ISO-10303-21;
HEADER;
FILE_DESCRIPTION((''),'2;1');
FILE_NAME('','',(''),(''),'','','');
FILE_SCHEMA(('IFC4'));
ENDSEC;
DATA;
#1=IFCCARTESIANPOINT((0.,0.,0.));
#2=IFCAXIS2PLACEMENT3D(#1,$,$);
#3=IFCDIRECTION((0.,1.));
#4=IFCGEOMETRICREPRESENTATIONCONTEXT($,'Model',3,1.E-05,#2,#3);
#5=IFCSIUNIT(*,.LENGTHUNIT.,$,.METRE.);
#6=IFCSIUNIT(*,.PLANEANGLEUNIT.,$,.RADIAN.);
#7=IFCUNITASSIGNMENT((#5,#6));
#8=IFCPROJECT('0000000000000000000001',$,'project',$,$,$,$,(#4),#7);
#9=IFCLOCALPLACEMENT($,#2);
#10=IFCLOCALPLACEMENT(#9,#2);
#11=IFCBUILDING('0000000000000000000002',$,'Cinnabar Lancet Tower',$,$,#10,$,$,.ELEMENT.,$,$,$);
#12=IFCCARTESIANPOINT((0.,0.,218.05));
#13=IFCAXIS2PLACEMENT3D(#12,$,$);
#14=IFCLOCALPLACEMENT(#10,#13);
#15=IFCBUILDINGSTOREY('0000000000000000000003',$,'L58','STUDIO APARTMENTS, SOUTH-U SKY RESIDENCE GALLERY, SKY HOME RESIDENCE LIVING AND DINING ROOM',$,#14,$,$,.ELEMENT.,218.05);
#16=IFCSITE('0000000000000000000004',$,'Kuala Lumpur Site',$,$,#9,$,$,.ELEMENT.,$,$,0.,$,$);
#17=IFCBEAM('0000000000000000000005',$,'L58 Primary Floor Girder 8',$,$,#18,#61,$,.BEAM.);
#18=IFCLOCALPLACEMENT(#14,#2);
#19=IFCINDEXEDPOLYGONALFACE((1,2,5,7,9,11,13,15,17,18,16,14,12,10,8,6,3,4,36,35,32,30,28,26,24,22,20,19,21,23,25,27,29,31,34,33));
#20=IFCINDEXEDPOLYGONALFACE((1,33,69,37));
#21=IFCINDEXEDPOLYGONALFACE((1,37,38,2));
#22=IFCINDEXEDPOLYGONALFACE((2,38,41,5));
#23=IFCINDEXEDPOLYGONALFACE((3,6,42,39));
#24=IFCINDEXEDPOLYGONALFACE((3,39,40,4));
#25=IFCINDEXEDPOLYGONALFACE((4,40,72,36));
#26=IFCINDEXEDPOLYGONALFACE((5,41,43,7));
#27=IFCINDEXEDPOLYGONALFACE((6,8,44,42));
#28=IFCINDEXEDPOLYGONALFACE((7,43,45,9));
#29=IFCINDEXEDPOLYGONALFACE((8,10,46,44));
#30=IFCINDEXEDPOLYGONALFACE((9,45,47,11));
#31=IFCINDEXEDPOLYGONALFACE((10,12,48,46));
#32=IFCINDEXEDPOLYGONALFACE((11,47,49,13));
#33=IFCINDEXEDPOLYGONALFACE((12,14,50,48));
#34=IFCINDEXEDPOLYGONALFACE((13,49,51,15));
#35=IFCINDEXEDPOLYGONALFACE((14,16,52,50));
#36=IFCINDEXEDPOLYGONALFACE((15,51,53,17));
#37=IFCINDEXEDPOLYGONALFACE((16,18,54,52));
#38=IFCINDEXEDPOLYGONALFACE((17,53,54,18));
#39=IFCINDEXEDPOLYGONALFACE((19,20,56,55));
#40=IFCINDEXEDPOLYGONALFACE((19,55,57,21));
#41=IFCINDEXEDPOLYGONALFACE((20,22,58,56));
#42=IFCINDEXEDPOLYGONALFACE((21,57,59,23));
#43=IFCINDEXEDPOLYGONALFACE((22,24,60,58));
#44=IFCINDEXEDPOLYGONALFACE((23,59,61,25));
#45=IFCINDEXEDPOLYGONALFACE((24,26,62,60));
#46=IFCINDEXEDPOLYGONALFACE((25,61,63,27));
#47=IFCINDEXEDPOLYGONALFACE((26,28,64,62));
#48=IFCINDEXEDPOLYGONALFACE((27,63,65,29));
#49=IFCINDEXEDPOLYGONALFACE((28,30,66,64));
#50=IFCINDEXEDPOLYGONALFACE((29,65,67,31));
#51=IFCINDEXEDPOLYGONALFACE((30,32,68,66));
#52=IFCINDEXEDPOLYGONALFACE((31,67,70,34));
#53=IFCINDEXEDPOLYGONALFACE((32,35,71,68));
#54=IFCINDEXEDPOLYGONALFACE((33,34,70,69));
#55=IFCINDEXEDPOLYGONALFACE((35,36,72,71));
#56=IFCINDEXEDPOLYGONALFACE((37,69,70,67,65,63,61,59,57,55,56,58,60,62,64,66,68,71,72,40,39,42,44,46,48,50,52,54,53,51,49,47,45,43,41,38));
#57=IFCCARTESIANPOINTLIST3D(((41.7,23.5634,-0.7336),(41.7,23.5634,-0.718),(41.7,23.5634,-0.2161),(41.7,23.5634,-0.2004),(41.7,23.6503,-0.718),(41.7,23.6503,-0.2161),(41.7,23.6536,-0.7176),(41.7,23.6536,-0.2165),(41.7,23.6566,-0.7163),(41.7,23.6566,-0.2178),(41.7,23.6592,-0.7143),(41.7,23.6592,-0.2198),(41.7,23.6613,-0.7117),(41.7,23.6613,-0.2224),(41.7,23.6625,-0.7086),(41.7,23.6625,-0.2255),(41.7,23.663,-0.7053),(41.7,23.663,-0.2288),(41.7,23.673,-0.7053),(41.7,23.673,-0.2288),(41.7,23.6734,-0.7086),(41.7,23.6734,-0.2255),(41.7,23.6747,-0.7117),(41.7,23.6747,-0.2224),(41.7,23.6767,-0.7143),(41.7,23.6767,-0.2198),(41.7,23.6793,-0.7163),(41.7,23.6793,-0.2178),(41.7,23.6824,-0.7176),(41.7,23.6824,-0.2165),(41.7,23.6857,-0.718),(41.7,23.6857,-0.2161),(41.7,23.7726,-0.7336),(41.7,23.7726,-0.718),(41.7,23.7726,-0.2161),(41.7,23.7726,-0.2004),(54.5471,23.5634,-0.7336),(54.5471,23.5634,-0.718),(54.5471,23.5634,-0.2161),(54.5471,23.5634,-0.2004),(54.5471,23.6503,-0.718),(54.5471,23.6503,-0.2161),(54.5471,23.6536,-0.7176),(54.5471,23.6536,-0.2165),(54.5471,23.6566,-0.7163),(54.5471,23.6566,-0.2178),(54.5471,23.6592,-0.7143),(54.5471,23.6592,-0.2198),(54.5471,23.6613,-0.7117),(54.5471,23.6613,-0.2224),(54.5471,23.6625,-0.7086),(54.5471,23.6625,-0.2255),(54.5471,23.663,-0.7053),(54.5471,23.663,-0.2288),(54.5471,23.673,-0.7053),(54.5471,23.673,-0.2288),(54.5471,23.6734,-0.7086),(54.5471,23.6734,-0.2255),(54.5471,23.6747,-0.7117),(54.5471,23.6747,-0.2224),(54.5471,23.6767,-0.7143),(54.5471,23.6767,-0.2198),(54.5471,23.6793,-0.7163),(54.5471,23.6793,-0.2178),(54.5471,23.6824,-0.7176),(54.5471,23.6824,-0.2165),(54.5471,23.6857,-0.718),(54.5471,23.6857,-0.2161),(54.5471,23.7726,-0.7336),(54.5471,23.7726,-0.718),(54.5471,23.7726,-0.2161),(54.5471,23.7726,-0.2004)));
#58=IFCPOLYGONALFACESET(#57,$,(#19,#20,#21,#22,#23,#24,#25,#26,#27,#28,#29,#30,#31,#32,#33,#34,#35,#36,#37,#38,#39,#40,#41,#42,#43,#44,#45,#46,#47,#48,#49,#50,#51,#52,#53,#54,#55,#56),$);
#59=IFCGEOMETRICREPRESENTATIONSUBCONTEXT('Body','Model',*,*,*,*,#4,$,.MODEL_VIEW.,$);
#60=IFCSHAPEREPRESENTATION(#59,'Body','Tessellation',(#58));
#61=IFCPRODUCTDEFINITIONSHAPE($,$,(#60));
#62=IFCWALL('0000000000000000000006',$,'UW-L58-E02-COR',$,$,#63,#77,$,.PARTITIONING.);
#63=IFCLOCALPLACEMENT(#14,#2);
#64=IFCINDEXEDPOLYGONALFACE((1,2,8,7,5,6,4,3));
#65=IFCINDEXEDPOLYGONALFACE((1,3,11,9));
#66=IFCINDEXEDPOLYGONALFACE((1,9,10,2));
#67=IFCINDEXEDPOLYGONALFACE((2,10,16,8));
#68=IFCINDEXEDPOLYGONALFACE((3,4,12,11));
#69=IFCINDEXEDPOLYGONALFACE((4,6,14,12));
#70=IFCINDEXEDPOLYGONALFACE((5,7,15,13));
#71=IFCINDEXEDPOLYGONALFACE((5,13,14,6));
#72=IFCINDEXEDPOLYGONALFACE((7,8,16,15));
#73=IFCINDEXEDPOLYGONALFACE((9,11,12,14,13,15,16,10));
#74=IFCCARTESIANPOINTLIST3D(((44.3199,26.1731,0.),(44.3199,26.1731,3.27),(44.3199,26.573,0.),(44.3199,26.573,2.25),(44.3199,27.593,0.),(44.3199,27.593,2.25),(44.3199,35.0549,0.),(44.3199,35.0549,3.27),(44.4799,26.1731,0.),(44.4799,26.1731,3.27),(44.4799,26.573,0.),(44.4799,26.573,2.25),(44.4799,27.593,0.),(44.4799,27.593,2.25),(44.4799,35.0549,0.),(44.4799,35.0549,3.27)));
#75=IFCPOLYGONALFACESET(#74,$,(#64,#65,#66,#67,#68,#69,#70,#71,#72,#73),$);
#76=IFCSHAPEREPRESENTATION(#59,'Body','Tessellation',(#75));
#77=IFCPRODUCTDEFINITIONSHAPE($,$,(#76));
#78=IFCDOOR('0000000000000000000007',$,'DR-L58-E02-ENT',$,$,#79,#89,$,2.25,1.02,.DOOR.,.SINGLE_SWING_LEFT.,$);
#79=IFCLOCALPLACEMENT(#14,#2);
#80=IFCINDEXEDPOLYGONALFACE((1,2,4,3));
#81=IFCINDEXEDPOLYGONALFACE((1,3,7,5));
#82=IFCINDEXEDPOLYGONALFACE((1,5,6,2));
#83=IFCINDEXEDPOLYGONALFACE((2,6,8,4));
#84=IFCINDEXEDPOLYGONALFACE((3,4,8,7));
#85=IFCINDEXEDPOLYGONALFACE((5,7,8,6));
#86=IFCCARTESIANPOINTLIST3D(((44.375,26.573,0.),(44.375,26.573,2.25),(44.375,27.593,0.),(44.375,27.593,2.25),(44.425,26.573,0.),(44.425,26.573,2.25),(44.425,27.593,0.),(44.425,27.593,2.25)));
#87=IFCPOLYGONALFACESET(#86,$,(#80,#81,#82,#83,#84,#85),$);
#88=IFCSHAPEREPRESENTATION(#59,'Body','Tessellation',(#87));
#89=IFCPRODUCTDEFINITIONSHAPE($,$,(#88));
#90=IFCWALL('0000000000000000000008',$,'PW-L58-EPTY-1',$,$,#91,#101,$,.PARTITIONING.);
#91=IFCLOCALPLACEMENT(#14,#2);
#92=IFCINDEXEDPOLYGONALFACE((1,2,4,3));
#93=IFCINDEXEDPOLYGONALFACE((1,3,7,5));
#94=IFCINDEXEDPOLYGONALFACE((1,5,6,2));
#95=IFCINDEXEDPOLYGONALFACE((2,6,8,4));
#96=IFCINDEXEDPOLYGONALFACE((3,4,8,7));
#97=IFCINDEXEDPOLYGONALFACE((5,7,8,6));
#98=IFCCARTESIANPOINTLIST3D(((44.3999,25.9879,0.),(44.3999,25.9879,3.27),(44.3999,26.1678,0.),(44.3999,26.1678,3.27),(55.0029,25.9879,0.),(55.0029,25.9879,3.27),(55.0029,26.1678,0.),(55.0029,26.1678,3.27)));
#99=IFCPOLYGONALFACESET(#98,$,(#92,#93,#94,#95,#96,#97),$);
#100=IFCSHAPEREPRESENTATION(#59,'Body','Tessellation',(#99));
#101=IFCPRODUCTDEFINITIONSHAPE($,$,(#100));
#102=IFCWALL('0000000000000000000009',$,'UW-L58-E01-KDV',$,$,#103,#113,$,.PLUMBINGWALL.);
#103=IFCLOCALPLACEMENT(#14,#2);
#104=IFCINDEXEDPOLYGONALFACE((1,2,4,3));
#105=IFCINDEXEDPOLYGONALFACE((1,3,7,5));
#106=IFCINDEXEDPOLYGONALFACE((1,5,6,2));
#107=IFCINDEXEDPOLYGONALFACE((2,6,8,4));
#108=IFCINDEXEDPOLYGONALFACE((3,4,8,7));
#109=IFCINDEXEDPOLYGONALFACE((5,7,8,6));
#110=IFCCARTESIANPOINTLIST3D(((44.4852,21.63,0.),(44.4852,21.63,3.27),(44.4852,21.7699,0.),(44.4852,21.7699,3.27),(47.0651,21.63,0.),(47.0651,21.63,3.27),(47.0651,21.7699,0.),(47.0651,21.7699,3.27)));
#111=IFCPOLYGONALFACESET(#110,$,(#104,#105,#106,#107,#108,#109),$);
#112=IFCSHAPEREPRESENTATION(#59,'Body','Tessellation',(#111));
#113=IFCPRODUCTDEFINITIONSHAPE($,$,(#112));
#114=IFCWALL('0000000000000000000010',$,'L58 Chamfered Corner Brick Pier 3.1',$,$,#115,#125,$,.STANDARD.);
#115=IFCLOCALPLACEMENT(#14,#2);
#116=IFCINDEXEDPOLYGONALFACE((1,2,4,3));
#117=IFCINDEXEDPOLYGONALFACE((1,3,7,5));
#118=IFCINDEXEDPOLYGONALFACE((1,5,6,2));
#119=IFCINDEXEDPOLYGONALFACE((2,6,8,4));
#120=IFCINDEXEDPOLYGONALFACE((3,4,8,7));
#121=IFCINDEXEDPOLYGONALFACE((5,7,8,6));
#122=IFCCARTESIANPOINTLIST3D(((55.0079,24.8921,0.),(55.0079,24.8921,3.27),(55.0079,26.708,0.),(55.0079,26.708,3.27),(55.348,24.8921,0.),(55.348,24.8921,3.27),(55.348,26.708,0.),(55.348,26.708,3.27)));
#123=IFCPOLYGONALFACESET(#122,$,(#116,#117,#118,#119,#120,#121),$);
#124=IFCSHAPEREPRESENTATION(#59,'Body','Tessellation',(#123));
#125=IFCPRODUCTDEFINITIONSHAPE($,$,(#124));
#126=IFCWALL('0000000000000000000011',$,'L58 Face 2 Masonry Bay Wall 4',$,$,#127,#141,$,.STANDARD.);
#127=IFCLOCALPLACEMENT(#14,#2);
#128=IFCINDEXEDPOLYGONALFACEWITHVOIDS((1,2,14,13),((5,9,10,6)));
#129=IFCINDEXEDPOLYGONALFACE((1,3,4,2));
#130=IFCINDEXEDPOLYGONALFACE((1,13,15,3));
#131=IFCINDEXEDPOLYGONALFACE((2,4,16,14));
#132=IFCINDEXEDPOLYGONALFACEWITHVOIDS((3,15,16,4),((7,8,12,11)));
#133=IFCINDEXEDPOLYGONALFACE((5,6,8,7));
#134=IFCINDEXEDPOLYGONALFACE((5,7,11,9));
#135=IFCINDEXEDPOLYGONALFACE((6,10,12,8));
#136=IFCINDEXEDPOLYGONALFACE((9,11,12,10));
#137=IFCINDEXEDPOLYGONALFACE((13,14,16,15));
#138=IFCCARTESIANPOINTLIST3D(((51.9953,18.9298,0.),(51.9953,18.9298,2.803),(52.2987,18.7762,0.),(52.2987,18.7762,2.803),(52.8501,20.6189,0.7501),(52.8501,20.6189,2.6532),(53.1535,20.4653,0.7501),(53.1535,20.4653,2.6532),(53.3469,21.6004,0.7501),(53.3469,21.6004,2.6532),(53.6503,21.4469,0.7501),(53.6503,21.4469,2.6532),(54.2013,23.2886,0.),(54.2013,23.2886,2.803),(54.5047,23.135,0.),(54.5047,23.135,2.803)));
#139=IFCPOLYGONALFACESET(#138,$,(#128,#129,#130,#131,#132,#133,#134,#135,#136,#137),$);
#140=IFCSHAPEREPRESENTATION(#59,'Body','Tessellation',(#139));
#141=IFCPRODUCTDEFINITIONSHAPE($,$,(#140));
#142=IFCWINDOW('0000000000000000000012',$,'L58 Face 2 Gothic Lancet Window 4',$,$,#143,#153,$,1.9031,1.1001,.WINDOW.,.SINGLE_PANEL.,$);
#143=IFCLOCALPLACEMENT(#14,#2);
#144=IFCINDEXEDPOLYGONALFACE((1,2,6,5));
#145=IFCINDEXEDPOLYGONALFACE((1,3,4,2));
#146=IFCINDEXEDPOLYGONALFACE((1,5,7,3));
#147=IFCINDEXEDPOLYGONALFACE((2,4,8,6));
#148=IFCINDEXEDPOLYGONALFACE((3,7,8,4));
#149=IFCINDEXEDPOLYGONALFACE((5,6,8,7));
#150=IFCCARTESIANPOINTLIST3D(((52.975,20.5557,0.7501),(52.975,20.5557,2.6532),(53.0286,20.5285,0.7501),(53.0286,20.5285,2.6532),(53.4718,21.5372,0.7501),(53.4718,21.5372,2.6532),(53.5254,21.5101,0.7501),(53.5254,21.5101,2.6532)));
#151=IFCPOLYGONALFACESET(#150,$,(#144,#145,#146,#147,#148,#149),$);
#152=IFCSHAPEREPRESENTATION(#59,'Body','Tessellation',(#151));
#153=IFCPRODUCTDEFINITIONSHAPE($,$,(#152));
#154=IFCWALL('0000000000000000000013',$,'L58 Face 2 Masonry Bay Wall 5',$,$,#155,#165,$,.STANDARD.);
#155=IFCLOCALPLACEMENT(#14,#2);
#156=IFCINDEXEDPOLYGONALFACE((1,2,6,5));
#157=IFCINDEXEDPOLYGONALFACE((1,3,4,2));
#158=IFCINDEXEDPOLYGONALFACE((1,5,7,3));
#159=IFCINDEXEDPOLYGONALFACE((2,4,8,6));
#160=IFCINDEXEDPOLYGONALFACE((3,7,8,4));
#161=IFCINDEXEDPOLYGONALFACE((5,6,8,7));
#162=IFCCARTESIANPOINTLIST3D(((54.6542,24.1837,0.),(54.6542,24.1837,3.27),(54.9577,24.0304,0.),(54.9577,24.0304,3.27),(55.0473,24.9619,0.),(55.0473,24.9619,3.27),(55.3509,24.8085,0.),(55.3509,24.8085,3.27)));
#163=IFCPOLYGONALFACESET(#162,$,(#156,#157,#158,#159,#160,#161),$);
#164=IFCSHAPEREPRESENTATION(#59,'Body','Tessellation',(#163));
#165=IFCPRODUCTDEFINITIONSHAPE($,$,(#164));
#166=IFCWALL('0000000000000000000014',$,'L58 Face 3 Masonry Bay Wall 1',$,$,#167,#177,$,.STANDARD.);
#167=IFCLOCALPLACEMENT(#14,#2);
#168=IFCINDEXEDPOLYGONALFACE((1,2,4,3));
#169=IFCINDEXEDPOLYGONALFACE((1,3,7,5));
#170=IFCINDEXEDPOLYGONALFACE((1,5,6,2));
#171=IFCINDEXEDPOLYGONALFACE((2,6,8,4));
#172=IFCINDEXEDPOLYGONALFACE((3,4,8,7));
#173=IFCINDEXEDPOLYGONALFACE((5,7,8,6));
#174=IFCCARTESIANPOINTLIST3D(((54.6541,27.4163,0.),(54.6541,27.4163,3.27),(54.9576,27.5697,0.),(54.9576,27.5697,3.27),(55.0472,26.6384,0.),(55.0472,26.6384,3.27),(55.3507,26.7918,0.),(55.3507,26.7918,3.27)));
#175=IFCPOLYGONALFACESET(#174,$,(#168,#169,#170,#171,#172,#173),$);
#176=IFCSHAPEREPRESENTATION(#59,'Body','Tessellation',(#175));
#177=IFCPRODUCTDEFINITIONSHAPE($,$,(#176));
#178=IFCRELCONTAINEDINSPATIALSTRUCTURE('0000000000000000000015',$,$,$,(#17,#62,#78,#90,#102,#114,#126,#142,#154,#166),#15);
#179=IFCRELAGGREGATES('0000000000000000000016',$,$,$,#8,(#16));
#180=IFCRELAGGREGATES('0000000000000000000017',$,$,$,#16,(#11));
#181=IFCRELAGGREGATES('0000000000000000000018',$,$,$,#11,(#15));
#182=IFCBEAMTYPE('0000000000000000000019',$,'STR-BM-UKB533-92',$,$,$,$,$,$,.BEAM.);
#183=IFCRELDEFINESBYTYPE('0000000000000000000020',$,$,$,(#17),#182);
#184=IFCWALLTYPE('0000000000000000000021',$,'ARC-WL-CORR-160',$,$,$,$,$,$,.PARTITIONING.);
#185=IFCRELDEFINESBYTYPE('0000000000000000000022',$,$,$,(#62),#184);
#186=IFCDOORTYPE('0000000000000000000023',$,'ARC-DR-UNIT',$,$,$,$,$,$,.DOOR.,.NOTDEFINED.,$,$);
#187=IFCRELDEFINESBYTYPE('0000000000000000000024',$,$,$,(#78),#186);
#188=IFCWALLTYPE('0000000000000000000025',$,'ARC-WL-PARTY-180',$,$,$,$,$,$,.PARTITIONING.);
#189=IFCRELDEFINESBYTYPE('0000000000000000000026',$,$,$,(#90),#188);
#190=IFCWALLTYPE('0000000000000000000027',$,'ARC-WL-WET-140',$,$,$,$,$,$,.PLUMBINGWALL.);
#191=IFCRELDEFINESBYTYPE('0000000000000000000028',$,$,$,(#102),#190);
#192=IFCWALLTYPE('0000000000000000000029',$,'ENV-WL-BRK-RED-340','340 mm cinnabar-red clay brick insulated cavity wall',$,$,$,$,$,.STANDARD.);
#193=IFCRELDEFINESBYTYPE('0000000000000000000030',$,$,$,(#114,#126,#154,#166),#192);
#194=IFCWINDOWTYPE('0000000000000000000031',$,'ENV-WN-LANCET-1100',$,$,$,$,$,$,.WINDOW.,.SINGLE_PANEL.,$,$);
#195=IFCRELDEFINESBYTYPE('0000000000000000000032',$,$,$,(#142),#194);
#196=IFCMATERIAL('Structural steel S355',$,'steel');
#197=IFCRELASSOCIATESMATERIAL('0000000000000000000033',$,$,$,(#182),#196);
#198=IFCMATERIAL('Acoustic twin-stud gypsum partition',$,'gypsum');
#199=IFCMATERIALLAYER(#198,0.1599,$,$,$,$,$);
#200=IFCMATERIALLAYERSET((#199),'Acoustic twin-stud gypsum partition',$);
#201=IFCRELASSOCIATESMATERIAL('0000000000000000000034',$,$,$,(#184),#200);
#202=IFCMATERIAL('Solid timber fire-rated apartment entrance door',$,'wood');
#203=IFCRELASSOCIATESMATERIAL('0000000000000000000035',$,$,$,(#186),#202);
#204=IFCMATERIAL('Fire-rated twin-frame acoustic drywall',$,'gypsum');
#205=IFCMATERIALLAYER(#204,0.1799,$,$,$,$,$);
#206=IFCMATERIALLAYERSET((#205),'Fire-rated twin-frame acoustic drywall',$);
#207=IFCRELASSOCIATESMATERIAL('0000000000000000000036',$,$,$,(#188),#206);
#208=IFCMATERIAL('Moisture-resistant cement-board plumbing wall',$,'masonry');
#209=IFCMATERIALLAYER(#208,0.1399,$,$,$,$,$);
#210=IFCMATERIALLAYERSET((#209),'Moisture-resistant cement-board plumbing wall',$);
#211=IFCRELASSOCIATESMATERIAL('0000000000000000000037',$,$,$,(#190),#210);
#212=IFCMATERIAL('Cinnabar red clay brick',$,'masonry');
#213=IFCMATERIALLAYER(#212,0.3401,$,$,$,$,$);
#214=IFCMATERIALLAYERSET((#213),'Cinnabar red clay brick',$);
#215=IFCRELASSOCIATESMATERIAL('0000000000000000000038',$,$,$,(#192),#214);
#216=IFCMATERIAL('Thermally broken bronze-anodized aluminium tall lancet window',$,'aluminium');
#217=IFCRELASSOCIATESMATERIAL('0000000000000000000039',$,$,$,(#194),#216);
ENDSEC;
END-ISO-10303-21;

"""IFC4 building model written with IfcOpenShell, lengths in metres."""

from ifc_helpers import new_model, si_unit, direction, frame, frame_2d, origin, origin_2d, place, context, subcontext, project, spatial, rectangle, i_section, extrude, material, layer, layer_set, material_profile, profile_set, type_object, element, fill, save


model = new_model("IFC4")

# Units and contexts
model_context = context("Model", 3, precision=1e-05, world=origin(), true_north=direction((0.0, 1.0)))
body_context = subcontext(model_context, "Body", "Model", "MODEL_VIEW")
ifc_project = project(units=[si_unit("LENGTHUNIT", "METRE"), si_unit("PLANEANGLEUNIT", "RADIAN")], contexts=[model_context])

# Site, building, storey
site_placement = place(None, origin())
site = spatial("IfcSite", under=ifc_project, at=site_placement, Name="Kuala Lumpur Site", CompositionType="ELEMENT", RefElevation=0.0)
building_placement = place(site_placement, origin())
building = spatial("IfcBuilding", under=site, at=building_placement, Name="Cinnabar Lancet Tower", CompositionType="ELEMENT")
storey_placement = place(building_placement, frame((0.0, 0.0, 218.05)))
storey = spatial("IfcBuildingStorey", under=building, at=storey_placement, Name="L58", Description="STUDIO APARTMENTS, SOUTH-U SKY RESIDENCE GALLERY, SKY HOME RESIDENCE LIVING AND DINING ROOM", CompositionType="ELEMENT", Elevation=218.05)

# Beam
ifc_material_1 = material(Name="Structural steel S355", Category="steel")
ifc_material_profile_1 = material_profile(ifc_material_1, i_section(OverallWidth=0.2092, OverallDepth=0.5332, WebThickness=0.01, FlangeThickness=0.0156, FilletRadius=0.0127, at=origin_2d()), Name="UKB 533x210x92")
ifc_profile_set_1 = profile_set([ifc_material_profile_1], Name="Structural steel S355")
beam_type_1 = type_object("IfcBeamType", Name="STR-BM-UKB533-92", PredefinedType="BEAM", material=ifc_profile_set_1)
beam_1_placement = place(storey_placement, frame((54.5471, 23.668, -0.467), z_axis=(-1.0, 0.0, 0.0), x_axis=(0.0, -1.0, 0.0)))
element("IfcBeam", 1, at=beam_1_placement, inside=storey, type_object=beam_type_1, Name="L58 Primary Floor Girder 8", PredefinedType="BEAM", context=body_context, shape_type="SweptSolid", body=[
    extrude(i_section(OverallWidth=0.2092, OverallDepth=0.5332, WebThickness=0.01, FlangeThickness=0.0156, FilletRadius=0.0127, at=origin_2d()), origin(), (0.0, 0.0, 1.0), 12.8472),
])

# Wall, opening, door
ifc_material_2 = material(Name="Acoustic twin-stud gypsum partition", Category="gypsum")
ifc_layer_1 = layer(ifc_material_2, 0.1599)
ifc_layer_set_1 = layer_set([ifc_layer_1], Name="Acoustic twin-stud gypsum partition")
wall_type_1 = type_object("IfcWallType", Name="ARC-WL-CORR-160", PredefinedType="PARTITIONING", material=ifc_layer_set_1)
wall_1_placement = place(storey_placement, frame((44.3999, 26.1731, 0.0), z_axis=(0.0, 0.0, 1.0), x_axis=(0.0, 1.0, 0.0)))
wall_1 = element("IfcWall", 2, at=wall_1_placement, inside=storey, type_object=wall_type_1, Name="UW-L58-E02-COR", PredefinedType="PARTITIONING", context=body_context, shape_type="SweptSolid", body=[
    extrude(rectangle(XDim=8.8818, YDim=0.1599, at=frame_2d((4.4409, 0.0))), origin(), (0.0, 0.0, 1.0), 3.27),
])
opening_1_placement = place(wall_1_placement, frame((0.3999, 0.0, 0.0)))
opening_1 = element("IfcOpeningElement", 3, at=opening_1_placement, cuts=wall_1, PredefinedType="OPENING", context=body_context, shape_type="SweptSolid", body=[
    extrude(rectangle(XDim=1.02, YDim=2.25, at=frame_2d((0.51, 1.125))), frame((0.0, 0.0898, 0.0), z_axis=(0.0, -1.0, 0.0), x_axis=(1.0, 0.0, 0.0)), (0.0, 0.0, 1.0), 0.1799),
])
ifc_material_3 = material(Name="Solid timber fire-rated apartment entrance door", Category="wood")
door_type = type_object("IfcDoorType", Name="ARC-DR-UNIT", OperationType="NOTDEFINED", PredefinedType="DOOR", material=ifc_material_3)
door_placement = place(opening_1_placement, origin())
door = element("IfcDoor", 4, at=door_placement, inside=storey, type_object=door_type, Name="DR-L58-E02-ENT", OperationType="SINGLE_SWING_LEFT", OverallHeight=2.25, OverallWidth=1.02, PredefinedType="DOOR", context=body_context, shape_type="SweptSolid", body=[
    extrude(rectangle(XDim=1.02, YDim=2.25, at=frame_2d((0.51, 1.125))), frame((0.0, 0.0249, 0.0), z_axis=(0.0, -1.0, 0.0), x_axis=(1.0, 0.0, 0.0)), (0.0, 0.0, 1.0), 0.05),
])
fill(opening_1, door)

# Walls
ifc_material_4 = material(Name="Fire-rated twin-frame acoustic drywall", Category="gypsum")
ifc_layer_2 = layer(ifc_material_4, 0.1799)
ifc_layer_set_2 = layer_set([ifc_layer_2], Name="Fire-rated twin-frame acoustic drywall")
wall_type_2 = type_object("IfcWallType", Name="ARC-WL-PARTY-180", PredefinedType="PARTITIONING", material=ifc_layer_set_2)
wall_2_placement = place(storey_placement, frame((44.3999, 26.0779, 0.0), z_axis=(0.0, 0.0, 1.0), x_axis=(1.0, 0.0, 0.0)))
element("IfcWall", 5, at=wall_2_placement, inside=storey, type_object=wall_type_2, Name="PW-L58-EPTY-1", PredefinedType="PARTITIONING", context=body_context, shape_type="SweptSolid", body=[
    extrude(rectangle(XDim=10.603, YDim=0.1799, at=frame_2d((5.3015, 0.0))), origin(), (0.0, 0.0, 1.0), 3.27),
])
ifc_material_5 = material(Name="Moisture-resistant cement-board plumbing wall", Category="masonry")
ifc_layer_3 = layer(ifc_material_5, 0.1399)
ifc_layer_set_3 = layer_set([ifc_layer_3], Name="Moisture-resistant cement-board plumbing wall")
wall_type_3 = type_object("IfcWallType", Name="ARC-WL-WET-140", PredefinedType="PLUMBINGWALL", material=ifc_layer_set_3)
wall_3_placement = place(storey_placement, frame((44.4851, 21.7, 0.0), z_axis=(0.0, 0.0, 1.0), x_axis=(1.0, 0.0, 0.0)))
element("IfcWall", 6, at=wall_3_placement, inside=storey, type_object=wall_type_3, Name="UW-L58-E01-KDV", PredefinedType="PLUMBINGWALL", context=body_context, shape_type="SweptSolid", body=[
    extrude(rectangle(XDim=2.5798, YDim=0.1399, at=frame_2d((1.29, 0.0))), origin(), (0.0, 0.0, 1.0), 3.27),
])
ifc_material_6 = material(Name="Cinnabar red clay brick", Category="masonry")
ifc_layer_4 = layer(ifc_material_6, 0.3401)
ifc_layer_set_4 = layer_set([ifc_layer_4], Name="Cinnabar red clay brick")
wall_type_4 = type_object("IfcWallType", Name="ENV-WL-BRK-RED-340", Description="340 mm cinnabar-red clay brick insulated cavity wall", PredefinedType="STANDARD", material=ifc_layer_set_4)
wall_4_placement = place(storey_placement, frame((55.178, 24.8921, 0.0), z_axis=(0.0, 0.0, 1.0), x_axis=(0.0, 1.0, 0.0)))
element("IfcWall", 7, at=wall_4_placement, inside=storey, type_object=wall_type_4, Name="L58 Chamfered Corner Brick Pier 3.1", PredefinedType="STANDARD", context=body_context, shape_type="SweptSolid", body=[
    extrude(rectangle(XDim=1.8159, YDim=0.3401, at=frame_2d((0.908, 0.0))), origin(), (0.0, 0.0, 1.0), 3.27),
])

# Wall, opening, window
wall_5_placement = place(storey_placement, frame((52.147, 18.853, 0.0), z_axis=(0.0, 0.0, 1.0), x_axis=(0.451566, 0.892238, 0.0)))
wall_5 = element("IfcWall", 8, at=wall_5_placement, inside=storey, type_object=wall_type_4, Name="L58 Face 2 Masonry Bay Wall 4", PredefinedType="STANDARD", context=body_context, shape_type="SweptSolid", body=[
    extrude(rectangle(XDim=4.8853, YDim=0.3401, at=frame_2d((2.4426, 0.0))), origin(), (0.0, 0.0, 1.0), 2.803),
])
opening_2_placement = place(wall_5_placement, frame((1.8931, 0.0, 0.75)))
opening_2 = element("IfcOpeningElement", 9, at=opening_2_placement, cuts=wall_5, PredefinedType="OPENING", context=body_context, shape_type="SweptSolid", body=[
    extrude(rectangle(XDim=1.1001, YDim=1.9031, at=frame_2d((0.55, 0.9517))), frame((0.0, 0.1799, 0.0), z_axis=(0.0, -1.0, 0.0), x_axis=(1.0, 0.0, 0.0)), (0.0, 0.0, 1.0), 0.3601),
])
ifc_material_7 = material(Name="Thermally broken bronze-anodized aluminium tall lancet window", Category="aluminium")
window_type = type_object("IfcWindowType", Name="ENV-WN-LANCET-1100", PartitioningType="SINGLE_PANEL", PredefinedType="WINDOW", material=ifc_material_7)
window_placement = place(opening_2_placement, origin())
window = element("IfcWindow", 10, at=window_placement, inside=storey, type_object=window_type, Name="L58 Face 2 Gothic Lancet Window 4", OverallHeight=1.9031, OverallWidth=1.1001, PartitioningType="SINGLE_PANEL", PredefinedType="WINDOW", context=body_context, shape_type="SweptSolid", body=[
    extrude(rectangle(XDim=1.1001, YDim=1.9031, at=frame_2d((0.55, 0.9517))), frame((0.0, 0.03, 0.0), z_axis=(0.0, -1.0, 0.0), x_axis=(1.0, 0.0, 0.0)), (0.0, 0.0, 1.0), 0.0601),
])
fill(opening_2, window)

# Walls
wall_6_placement = place(storey_placement, frame((54.8059, 24.1069, 0.0), z_axis=(0.0, 0.0, 1.0), x_axis=(0.450907, 0.892571, 0.0)))
element("IfcWall", 11, at=wall_6_placement, inside=storey, type_object=wall_type_4, Name="L58 Face 2 Masonry Bay Wall 5", PredefinedType="STANDARD", context=body_context, shape_type="SweptSolid", body=[
    extrude(rectangle(XDim=0.8718, YDim=0.3401, at=frame_2d((0.436, 0.0))), origin(), (0.0, 0.0, 1.0), 3.27),
])
wall_7_placement = place(storey_placement, frame((55.199, 26.7151, 0.0), z_axis=(0.0, 0.0, 1.0), x_axis=(-0.451019, 0.892514, 0.0)))
element("IfcWall", 12, at=wall_7_placement, inside=storey, type_object=wall_type_4, Name="L58 Face 3 Masonry Bay Wall 1", PredefinedType="STANDARD", context=body_context, shape_type="SweptSolid", body=[
    extrude(rectangle(XDim=0.8716, YDim=0.3401, at=frame_2d((0.4358, 0.0))), origin(), (0.0, 0.0, 1.0), 3.27),
])

save(model, "model.ifc")
